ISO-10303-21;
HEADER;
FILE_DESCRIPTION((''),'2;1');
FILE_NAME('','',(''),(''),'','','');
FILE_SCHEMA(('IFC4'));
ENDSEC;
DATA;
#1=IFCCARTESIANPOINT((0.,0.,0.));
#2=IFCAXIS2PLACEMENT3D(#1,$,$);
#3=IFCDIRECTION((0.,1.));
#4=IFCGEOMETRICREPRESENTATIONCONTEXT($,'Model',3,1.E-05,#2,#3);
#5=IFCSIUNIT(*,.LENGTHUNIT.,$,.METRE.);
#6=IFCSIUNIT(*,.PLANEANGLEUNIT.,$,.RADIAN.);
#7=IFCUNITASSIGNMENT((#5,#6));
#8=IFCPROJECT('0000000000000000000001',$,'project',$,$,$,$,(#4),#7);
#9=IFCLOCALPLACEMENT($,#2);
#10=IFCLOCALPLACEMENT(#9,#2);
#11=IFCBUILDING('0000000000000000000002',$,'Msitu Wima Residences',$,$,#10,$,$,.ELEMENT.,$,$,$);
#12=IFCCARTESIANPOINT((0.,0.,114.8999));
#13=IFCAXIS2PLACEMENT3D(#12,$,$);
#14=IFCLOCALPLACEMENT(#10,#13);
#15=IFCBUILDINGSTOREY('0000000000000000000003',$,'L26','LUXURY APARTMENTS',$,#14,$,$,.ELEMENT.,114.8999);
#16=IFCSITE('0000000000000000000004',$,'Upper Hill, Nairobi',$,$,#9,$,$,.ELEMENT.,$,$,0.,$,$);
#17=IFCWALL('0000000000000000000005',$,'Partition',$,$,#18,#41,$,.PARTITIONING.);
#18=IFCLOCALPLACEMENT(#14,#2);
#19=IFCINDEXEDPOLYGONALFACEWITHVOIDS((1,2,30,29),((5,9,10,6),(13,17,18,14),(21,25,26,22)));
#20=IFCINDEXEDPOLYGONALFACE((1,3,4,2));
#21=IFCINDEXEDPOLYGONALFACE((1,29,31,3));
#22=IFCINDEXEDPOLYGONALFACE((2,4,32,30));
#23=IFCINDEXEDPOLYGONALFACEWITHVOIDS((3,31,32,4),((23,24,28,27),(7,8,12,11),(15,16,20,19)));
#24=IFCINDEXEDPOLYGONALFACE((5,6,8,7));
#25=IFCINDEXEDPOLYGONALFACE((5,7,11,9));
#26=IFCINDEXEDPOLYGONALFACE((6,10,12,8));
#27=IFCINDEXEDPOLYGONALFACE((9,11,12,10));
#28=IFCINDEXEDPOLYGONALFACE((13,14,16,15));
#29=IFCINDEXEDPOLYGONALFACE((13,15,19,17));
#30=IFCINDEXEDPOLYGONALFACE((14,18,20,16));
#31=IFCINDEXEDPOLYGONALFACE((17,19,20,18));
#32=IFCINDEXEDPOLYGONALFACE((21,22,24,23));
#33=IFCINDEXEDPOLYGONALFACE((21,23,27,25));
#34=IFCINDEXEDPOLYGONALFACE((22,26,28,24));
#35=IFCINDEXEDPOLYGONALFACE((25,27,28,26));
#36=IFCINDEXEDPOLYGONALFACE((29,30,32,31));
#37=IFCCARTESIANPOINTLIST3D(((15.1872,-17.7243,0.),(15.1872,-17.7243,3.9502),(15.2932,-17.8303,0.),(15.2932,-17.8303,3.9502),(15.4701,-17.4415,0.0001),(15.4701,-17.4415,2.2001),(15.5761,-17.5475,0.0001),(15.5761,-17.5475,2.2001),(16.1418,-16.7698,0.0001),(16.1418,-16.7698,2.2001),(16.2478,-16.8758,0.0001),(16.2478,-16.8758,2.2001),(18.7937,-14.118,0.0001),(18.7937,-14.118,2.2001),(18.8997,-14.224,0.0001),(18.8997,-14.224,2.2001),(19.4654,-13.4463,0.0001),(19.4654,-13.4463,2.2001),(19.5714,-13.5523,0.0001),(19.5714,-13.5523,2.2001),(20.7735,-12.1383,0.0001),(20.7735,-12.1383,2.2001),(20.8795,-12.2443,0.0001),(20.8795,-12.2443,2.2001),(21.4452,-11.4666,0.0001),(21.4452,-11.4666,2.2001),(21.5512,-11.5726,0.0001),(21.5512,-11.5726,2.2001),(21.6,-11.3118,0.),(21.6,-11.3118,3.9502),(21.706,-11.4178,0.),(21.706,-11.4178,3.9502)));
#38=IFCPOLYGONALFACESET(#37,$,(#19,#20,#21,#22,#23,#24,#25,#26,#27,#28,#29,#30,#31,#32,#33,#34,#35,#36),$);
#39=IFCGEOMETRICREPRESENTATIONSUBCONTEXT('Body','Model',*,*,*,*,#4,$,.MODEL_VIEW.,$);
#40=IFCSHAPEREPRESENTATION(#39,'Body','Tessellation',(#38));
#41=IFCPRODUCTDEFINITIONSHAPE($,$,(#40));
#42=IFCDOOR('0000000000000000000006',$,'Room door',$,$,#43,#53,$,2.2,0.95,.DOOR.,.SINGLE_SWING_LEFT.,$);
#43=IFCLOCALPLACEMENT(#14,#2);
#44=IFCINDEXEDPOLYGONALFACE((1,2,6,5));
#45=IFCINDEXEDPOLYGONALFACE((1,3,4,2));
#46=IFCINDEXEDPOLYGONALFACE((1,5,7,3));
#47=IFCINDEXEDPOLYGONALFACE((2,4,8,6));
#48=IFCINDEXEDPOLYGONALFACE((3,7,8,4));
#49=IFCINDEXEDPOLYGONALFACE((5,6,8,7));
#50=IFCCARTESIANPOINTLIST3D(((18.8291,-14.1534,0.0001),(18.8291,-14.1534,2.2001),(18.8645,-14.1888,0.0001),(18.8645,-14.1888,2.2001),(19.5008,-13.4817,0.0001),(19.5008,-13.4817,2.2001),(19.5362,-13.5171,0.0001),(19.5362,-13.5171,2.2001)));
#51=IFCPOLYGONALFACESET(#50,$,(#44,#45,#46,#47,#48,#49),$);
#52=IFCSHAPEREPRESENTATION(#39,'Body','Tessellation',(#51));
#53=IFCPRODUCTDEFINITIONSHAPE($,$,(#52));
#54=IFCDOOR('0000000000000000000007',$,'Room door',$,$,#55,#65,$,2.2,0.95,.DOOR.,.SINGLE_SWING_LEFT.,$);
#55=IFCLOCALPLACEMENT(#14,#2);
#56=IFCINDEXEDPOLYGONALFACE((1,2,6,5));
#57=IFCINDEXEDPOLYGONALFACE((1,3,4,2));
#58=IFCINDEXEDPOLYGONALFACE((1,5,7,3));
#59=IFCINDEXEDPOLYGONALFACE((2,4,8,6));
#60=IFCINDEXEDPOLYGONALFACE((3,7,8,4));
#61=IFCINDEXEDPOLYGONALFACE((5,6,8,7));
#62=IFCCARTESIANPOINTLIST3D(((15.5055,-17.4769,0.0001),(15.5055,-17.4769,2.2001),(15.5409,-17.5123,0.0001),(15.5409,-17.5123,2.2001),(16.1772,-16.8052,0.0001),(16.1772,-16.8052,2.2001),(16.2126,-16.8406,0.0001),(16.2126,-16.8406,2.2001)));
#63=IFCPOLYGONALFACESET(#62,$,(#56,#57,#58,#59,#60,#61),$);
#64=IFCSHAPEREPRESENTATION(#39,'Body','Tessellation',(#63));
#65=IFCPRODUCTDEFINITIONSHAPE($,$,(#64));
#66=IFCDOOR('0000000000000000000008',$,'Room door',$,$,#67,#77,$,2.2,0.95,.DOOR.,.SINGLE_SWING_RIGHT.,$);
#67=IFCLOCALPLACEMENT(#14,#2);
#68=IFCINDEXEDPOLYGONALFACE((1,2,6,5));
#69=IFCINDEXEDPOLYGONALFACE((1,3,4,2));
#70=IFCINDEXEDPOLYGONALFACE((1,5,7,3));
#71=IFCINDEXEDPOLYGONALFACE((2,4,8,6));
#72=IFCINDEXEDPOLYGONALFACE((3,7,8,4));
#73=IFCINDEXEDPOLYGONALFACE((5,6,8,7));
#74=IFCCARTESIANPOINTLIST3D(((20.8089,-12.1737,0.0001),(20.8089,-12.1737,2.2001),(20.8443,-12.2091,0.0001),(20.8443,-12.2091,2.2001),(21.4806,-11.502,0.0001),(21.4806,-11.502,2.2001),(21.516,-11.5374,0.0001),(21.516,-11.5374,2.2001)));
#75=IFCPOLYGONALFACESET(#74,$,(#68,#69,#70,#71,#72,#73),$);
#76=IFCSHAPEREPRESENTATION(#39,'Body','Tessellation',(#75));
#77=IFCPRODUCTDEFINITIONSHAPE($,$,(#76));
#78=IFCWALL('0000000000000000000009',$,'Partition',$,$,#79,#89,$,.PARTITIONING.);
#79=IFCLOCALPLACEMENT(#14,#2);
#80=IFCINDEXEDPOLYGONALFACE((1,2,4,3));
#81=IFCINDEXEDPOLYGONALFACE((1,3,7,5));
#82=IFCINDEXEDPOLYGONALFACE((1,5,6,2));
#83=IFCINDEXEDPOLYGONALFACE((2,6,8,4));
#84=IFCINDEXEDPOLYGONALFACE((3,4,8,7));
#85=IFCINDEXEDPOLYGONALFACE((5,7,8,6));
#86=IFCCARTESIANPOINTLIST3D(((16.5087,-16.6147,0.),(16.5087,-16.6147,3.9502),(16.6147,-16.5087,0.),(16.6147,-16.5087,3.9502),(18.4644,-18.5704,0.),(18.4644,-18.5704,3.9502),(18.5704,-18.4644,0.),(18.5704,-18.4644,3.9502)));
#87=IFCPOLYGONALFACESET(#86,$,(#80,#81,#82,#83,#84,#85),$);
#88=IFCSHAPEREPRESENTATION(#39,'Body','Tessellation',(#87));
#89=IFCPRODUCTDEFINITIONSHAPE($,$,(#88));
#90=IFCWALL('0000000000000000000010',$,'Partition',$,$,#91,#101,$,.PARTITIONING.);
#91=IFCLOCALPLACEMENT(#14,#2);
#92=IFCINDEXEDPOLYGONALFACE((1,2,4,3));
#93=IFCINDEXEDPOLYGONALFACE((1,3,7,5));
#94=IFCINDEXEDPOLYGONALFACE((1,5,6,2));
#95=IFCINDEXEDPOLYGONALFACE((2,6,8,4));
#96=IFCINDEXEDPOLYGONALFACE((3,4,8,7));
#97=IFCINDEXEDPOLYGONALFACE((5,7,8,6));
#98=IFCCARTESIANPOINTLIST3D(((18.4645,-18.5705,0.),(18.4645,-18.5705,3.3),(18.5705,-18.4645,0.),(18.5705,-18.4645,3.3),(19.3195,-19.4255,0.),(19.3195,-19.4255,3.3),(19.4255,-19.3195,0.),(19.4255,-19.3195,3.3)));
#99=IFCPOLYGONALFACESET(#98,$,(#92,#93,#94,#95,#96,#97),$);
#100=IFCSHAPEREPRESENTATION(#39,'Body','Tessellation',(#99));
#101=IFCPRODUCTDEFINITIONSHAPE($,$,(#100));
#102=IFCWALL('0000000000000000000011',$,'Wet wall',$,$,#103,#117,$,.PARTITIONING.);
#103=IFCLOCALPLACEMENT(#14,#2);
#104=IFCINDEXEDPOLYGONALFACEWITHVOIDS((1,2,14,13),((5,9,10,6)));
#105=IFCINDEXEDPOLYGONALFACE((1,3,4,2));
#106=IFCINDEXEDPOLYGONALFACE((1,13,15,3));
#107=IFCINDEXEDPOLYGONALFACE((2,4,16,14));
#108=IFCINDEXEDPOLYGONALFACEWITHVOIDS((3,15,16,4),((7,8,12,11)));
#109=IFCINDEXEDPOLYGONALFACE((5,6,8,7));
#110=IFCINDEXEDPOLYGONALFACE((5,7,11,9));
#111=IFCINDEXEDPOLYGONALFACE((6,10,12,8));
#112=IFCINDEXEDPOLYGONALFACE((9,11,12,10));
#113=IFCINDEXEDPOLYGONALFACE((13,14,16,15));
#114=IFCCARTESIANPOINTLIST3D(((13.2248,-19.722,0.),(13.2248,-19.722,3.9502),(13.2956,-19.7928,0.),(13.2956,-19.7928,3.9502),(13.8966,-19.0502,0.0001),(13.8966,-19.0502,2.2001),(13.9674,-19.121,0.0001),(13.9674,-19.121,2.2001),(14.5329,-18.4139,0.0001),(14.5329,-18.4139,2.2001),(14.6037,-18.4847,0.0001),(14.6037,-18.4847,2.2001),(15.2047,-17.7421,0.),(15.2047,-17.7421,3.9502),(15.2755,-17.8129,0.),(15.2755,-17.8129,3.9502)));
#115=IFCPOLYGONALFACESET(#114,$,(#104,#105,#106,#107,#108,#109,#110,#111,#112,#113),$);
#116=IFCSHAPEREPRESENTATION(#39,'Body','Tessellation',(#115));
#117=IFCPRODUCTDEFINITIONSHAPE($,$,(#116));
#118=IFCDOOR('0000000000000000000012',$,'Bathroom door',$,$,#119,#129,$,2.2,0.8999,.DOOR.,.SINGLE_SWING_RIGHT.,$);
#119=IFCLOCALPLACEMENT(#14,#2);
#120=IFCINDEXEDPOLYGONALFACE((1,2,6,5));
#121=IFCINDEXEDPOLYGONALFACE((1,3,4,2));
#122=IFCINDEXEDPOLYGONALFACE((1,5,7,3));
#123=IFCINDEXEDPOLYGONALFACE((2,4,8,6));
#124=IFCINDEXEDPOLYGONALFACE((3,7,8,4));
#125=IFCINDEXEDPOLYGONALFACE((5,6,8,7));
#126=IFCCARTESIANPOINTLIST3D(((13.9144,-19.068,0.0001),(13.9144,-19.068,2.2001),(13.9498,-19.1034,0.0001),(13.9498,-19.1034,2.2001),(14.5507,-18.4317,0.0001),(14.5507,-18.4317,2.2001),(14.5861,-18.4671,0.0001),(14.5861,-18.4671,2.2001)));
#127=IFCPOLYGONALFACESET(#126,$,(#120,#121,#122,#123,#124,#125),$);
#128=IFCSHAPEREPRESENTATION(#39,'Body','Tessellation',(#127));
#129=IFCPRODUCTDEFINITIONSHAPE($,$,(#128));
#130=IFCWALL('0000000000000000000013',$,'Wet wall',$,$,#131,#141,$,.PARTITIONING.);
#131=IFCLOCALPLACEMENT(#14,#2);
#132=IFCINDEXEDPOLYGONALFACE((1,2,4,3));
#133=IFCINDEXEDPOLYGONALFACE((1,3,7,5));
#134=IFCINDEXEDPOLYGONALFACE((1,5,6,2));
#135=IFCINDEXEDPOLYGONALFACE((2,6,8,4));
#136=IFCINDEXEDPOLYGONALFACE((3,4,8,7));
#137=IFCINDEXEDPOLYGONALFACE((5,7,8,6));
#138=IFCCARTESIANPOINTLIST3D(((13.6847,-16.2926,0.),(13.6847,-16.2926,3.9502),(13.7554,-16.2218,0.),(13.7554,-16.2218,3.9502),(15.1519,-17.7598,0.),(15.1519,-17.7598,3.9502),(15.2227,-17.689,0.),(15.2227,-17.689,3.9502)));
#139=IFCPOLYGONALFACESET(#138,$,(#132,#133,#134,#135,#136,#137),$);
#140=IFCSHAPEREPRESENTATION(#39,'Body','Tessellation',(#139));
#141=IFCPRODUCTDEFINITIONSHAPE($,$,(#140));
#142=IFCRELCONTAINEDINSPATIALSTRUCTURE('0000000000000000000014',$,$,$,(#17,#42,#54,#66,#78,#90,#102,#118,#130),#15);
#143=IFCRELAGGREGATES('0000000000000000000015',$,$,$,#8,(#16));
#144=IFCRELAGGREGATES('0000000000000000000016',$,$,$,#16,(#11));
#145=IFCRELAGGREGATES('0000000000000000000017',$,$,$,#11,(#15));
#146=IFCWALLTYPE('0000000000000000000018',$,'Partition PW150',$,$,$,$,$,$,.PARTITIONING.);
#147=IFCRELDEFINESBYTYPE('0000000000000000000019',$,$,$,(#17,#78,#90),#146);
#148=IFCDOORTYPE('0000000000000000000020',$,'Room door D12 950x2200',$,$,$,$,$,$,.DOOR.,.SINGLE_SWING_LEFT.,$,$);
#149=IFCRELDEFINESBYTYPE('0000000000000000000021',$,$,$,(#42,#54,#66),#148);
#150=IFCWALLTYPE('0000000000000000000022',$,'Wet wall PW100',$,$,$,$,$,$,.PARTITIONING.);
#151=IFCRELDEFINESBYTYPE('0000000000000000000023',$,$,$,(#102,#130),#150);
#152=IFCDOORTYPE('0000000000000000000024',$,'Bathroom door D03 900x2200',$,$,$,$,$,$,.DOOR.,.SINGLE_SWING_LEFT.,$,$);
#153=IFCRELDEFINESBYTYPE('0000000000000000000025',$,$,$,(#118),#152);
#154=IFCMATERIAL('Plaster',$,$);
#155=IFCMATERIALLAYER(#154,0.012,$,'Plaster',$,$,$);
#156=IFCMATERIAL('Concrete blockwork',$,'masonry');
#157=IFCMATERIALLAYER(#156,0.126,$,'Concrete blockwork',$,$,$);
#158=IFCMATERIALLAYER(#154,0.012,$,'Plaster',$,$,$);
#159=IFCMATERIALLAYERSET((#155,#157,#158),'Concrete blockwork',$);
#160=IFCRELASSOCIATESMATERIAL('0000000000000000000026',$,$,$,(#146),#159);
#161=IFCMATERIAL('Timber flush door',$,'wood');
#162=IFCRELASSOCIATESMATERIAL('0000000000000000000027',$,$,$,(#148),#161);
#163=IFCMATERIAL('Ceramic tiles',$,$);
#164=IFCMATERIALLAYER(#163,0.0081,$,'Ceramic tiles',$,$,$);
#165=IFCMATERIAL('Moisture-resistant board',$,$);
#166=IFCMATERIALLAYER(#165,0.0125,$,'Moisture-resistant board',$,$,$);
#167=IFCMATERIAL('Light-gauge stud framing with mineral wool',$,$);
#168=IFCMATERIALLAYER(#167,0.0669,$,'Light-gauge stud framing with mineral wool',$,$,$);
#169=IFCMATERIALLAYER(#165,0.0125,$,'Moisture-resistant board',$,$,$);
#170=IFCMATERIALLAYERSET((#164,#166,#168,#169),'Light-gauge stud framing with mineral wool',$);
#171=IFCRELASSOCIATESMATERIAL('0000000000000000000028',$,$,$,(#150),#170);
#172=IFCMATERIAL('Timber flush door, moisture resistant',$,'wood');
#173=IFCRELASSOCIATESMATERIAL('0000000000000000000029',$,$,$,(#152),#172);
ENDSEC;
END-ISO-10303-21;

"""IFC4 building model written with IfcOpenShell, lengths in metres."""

from ifc_helpers import new_model, si_unit, direction, frame, frame_2d, origin, place, context, subcontext, project, spatial, rectangle, extrude, material, layer, layer_set, type_object, element, fill, save


model = new_model("IFC4")

# Units and contexts
model_context = context("Model", 3, precision=1e-05, world=origin(), true_north=direction((0.0, 1.0)))
body_context = subcontext(model_context, "Body", "Model", "MODEL_VIEW")
ifc_project = project(units=[si_unit("LENGTHUNIT", "METRE"), si_unit("PLANEANGLEUNIT", "RADIAN")], contexts=[model_context])

# Site, building, storey
site_placement = place(None, origin())
site = spatial("IfcSite", under=ifc_project, at=site_placement, Name="Upper Hill, Nairobi", CompositionType="ELEMENT", RefElevation=0.0)
building_placement = place(site_placement, origin())
building = spatial("IfcBuilding", under=site, at=building_placement, Name="Msitu Wima Residences", CompositionType="ELEMENT")
storey_placement = place(building_placement, frame((0.0, 0.0, 114.8999)))
storey = spatial("IfcBuildingStorey", under=building, at=storey_placement, Name="L26", Description="LUXURY APARTMENTS", CompositionType="ELEMENT", Elevation=114.8999)

# Shared definitions
ifc_material_1 = material(Name="Plaster")
ifc_material_2 = material(Name="Concrete blockwork", Category="masonry")

# Shared definitions
ifc_layer_1 = layer(ifc_material_1, 0.012, Name="Plaster")
ifc_layer_2 = layer(ifc_material_2, 0.126, Name="Concrete blockwork")
ifc_layer_3 = layer(ifc_material_1, 0.012, Name="Plaster")
ifc_layer_set_1 = layer_set([ifc_layer_1, ifc_layer_2, ifc_layer_3], Name="Concrete blockwork")
wall_type_1 = type_object("IfcWallType", Name="Partition PW150", PredefinedType="PARTITIONING", material=ifc_layer_set_1)

# Wall, openings, doors
wall_1_placement = place(storey_placement, frame((15.2402, -17.7773, 0.0), z_axis=(0.0, 0.0, 1.0), x_axis=(0.70712, 0.707093, 0.0)))
wall_1 = element("IfcWall", 1, at=wall_1_placement, inside=storey, type_object=wall_type_1, Name="Partition", PredefinedType="PARTITIONING", context=body_context, shape_type="SweptSolid", body=[
    extrude(rectangle(XDim=9.0688, YDim=0.1499, at=frame_2d((4.5344, 0.0))), origin(), (0.0, 0.0, 1.0), 3.9502),
])
opening_1_placement = place(wall_1_placement, frame((5.1001, 0.0, 0.0)))
opening_1 = element("IfcOpeningElement", 2, at=opening_1_placement, cuts=wall_1, PredefinedType="OPENING", context=body_context, shape_type="SweptSolid", body=[
    extrude(rectangle(XDim=0.95, YDim=2.2, at=frame_2d((0.4751, 1.1001))), frame((0.0, 0.085, 0.0), z_axis=(0.0, -1.0, 0.0), x_axis=(1.0, 0.0, 0.0)), (0.0, 0.0, 1.0), 0.1699),
])
opening_2_placement = place(wall_1_placement, frame((0.3999, 0.0, 0.0)))
opening_2 = element("IfcOpeningElement", 3, at=opening_2_placement, cuts=wall_1, PredefinedType="OPENING", context=body_context, shape_type="SweptSolid", body=[
    extrude(rectangle(XDim=0.95, YDim=2.2, at=frame_2d((0.4751, 1.1001))), frame((0.0, 0.085, 0.0), z_axis=(0.0, -1.0, 0.0), x_axis=(1.0, 0.0, 0.0)), (0.0, 0.0, 1.0), 0.1699),
])
opening_3_placement = place(wall_1_placement, frame((7.8999, 0.0, 0.0)))
opening_3 = element("IfcOpeningElement", 4, at=opening_3_placement, cuts=wall_1, PredefinedType="OPENING", context=body_context, shape_type="SweptSolid", body=[
    extrude(rectangle(XDim=0.95, YDim=2.2, at=frame_2d((0.4751, 1.1001))), frame((0.0, 0.085, 0.0), z_axis=(0.0, -1.0, 0.0), x_axis=(1.0, 0.0, 0.0)), (0.0, 0.0, 1.0), 0.1699),
])
ifc_material_3 = material(Name="Timber flush door", Category="wood")
door_type_1 = type_object("IfcDoorType", Name="Room door D12 950x2200", OperationType="SINGLE_SWING_LEFT", PredefinedType="DOOR", material=ifc_material_3)
door_1_placement = place(opening_1_placement, origin())
door_1 = element("IfcDoor", 5, at=door_1_placement, inside=storey, type_object=door_type_1, Name="Room door", OperationType="SINGLE_SWING_LEFT", OverallHeight=2.2, OverallWidth=0.95, PredefinedType="DOOR", context=body_context, shape_type="SweptSolid", body=[
    extrude(rectangle(XDim=0.95, YDim=2.2, at=frame_2d((0.4751, 1.1001))), frame((0.0, 0.0249, 0.0), z_axis=(0.0, -1.0, 0.0), x_axis=(1.0, 0.0, 0.0)), (0.0, 0.0, 1.0), 0.05),
])
fill(opening_1, door_1)
door_2_placement = place(opening_2_placement, origin())
door_2 = element("IfcDoor", 6, at=door_2_placement, inside=storey, type_object=door_type_1, Name="Room door", OperationType="SINGLE_SWING_LEFT", OverallHeight=2.2, OverallWidth=0.95, PredefinedType="DOOR", context=body_context, shape_type="SweptSolid", body=[
    extrude(rectangle(XDim=0.95, YDim=2.2, at=frame_2d((0.4751, 1.1001))), frame((0.0, 0.0249, 0.0), z_axis=(0.0, -1.0, 0.0), x_axis=(1.0, 0.0, 0.0)), (0.0, 0.0, 1.0), 0.05),
])
fill(opening_2, door_2)
door_3_placement = place(opening_3_placement, origin())
door_3 = element("IfcDoor", 7, at=door_3_placement, inside=storey, type_object=door_type_1, Name="Room door", OperationType="SINGLE_SWING_RIGHT", OverallHeight=2.2, OverallWidth=0.95, PredefinedType="DOOR", context=body_context, shape_type="SweptSolid", body=[
    extrude(rectangle(XDim=0.95, YDim=2.2, at=frame_2d((0.4751, 1.1001))), frame((0.0, 0.0249, 0.0), z_axis=(0.0, -1.0, 0.0), x_axis=(1.0, 0.0, 0.0)), (0.0, 0.0, 1.0), 0.05),
])
fill(opening_3, door_3)

# Walls
wall_2_placement = place(storey_placement, frame((16.5618, -16.5618, 0.0), z_axis=(0.0, 0.0, 1.0), x_axis=(0.707107, -0.707107, 0.0)))
element("IfcWall", 8, at=wall_2_placement, inside=storey, type_object=wall_type_1, Name="Partition", PredefinedType="PARTITIONING", context=body_context, shape_type="SweptSolid", body=[
    extrude(rectangle(XDim=2.7659, YDim=0.1499, at=frame_2d((1.3828, 0.0))), origin(), (0.0, 0.0, 1.0), 3.9502),
])
wall_3_placement = place(storey_placement, frame((18.5176, -18.5176, 0.0), z_axis=(0.0, 0.0, 1.0), x_axis=(0.707107, -0.707107, 0.0)))
element("IfcWall", 9, at=wall_3_placement, inside=storey, type_object=wall_type_1, Name="Partition", PredefinedType="PARTITIONING", context=body_context, shape_type="SweptSolid", body=[
    extrude(rectangle(XDim=1.2092, YDim=0.1499, at=frame_2d((0.6045, 0.0))), origin(), (0.0, 0.0, 1.0), 3.3),
])

# Wall, opening, door
ifc_material_4 = material(Name="Ceramic tiles")
ifc_layer_4 = layer(ifc_material_4, 0.0081, Name="Ceramic tiles")
ifc_material_5 = material(Name="Moisture-resistant board")
ifc_layer_5 = layer(ifc_material_5, 0.0125, Name="Moisture-resistant board")
ifc_material_6 = material(Name="Light-gauge stud framing with mineral wool")
ifc_layer_6 = layer(ifc_material_6, 0.0669, Name="Light-gauge stud framing with mineral wool")
ifc_layer_7 = layer(ifc_material_5, 0.0125, Name="Moisture-resistant board")
ifc_layer_set_2 = layer_set([ifc_layer_4, ifc_layer_5, ifc_layer_6, ifc_layer_7], Name="Light-gauge stud framing with mineral wool")
wall_type_2 = type_object("IfcWallType", Name="Wet wall PW100", PredefinedType="PARTITIONING", material=ifc_layer_set_2)
wall_4_placement = place(storey_placement, frame((13.2603, -19.7573, 0.0), z_axis=(0.0, 0.0, 1.0), x_axis=(0.707107, 0.707107, 0.0)))
wall_4 = element("IfcWall", 10, at=wall_4_placement, inside=storey, type_object=wall_type_2, Name="Wet wall", PredefinedType="PARTITIONING", context=body_context, shape_type="SweptSolid", body=[
    extrude(rectangle(XDim=2.8, YDim=0.1001, at=frame_2d((1.3999, 0.0))), origin(), (0.0, 0.0, 1.0), 3.9502),
])
opening_4_placement = place(wall_4_placement, frame((0.95, 0.0, 0.0)))
opening_4 = element("IfcOpeningElement", 11, at=opening_4_placement, cuts=wall_4, PredefinedType="OPENING", context=body_context, shape_type="SweptSolid", body=[
    extrude(rectangle(XDim=0.8999, YDim=2.2, at=frame_2d((0.45, 1.1001))), frame((0.0, 0.0601, 0.0), z_axis=(0.0, -1.0, 0.0), x_axis=(1.0, 0.0, 0.0)), (0.0, 0.0, 1.0), 0.1201),
])
ifc_material_7 = material(Name="Timber flush door, moisture resistant", Category="wood")
door_type_2 = type_object("IfcDoorType", Name="Bathroom door D03 900x2200", OperationType="SINGLE_SWING_LEFT", PredefinedType="DOOR", material=ifc_material_7)
door_4_placement = place(opening_4_placement, origin())
door_4 = element("IfcDoor", 12, at=door_4_placement, inside=storey, type_object=door_type_2, Name="Bathroom door", OperationType="SINGLE_SWING_RIGHT", OverallHeight=2.2, OverallWidth=0.8999, PredefinedType="DOOR", context=body_context, shape_type="SweptSolid", body=[
    extrude(rectangle(XDim=0.8999, YDim=2.2, at=frame_2d((0.45, 1.1001))), frame((0.0, 0.0249, 0.0), z_axis=(0.0, -1.0, 0.0), x_axis=(1.0, 0.0, 0.0)), (0.0, 0.0, 1.0), 0.05),
])
fill(opening_4, door_4)

# Wall
wall_5_placement = place(storey_placement, frame((13.72, -16.2571, 0.0), z_axis=(0.0, 0.0, 1.0), x_axis=(0.707107, -0.707107, 0.0)))
element("IfcWall", 13, at=wall_5_placement, inside=storey, type_object=wall_type_2, Name="Wet wall", PredefinedType="PARTITIONING", context=body_context, shape_type="SweptSolid", body=[
    extrude(rectangle(XDim=2.075, YDim=0.1001, at=frame_2d((1.0376, 0.0))), origin(), (0.0, 0.0, 1.0), 3.9502),
])

save(model, "model.ifc")
